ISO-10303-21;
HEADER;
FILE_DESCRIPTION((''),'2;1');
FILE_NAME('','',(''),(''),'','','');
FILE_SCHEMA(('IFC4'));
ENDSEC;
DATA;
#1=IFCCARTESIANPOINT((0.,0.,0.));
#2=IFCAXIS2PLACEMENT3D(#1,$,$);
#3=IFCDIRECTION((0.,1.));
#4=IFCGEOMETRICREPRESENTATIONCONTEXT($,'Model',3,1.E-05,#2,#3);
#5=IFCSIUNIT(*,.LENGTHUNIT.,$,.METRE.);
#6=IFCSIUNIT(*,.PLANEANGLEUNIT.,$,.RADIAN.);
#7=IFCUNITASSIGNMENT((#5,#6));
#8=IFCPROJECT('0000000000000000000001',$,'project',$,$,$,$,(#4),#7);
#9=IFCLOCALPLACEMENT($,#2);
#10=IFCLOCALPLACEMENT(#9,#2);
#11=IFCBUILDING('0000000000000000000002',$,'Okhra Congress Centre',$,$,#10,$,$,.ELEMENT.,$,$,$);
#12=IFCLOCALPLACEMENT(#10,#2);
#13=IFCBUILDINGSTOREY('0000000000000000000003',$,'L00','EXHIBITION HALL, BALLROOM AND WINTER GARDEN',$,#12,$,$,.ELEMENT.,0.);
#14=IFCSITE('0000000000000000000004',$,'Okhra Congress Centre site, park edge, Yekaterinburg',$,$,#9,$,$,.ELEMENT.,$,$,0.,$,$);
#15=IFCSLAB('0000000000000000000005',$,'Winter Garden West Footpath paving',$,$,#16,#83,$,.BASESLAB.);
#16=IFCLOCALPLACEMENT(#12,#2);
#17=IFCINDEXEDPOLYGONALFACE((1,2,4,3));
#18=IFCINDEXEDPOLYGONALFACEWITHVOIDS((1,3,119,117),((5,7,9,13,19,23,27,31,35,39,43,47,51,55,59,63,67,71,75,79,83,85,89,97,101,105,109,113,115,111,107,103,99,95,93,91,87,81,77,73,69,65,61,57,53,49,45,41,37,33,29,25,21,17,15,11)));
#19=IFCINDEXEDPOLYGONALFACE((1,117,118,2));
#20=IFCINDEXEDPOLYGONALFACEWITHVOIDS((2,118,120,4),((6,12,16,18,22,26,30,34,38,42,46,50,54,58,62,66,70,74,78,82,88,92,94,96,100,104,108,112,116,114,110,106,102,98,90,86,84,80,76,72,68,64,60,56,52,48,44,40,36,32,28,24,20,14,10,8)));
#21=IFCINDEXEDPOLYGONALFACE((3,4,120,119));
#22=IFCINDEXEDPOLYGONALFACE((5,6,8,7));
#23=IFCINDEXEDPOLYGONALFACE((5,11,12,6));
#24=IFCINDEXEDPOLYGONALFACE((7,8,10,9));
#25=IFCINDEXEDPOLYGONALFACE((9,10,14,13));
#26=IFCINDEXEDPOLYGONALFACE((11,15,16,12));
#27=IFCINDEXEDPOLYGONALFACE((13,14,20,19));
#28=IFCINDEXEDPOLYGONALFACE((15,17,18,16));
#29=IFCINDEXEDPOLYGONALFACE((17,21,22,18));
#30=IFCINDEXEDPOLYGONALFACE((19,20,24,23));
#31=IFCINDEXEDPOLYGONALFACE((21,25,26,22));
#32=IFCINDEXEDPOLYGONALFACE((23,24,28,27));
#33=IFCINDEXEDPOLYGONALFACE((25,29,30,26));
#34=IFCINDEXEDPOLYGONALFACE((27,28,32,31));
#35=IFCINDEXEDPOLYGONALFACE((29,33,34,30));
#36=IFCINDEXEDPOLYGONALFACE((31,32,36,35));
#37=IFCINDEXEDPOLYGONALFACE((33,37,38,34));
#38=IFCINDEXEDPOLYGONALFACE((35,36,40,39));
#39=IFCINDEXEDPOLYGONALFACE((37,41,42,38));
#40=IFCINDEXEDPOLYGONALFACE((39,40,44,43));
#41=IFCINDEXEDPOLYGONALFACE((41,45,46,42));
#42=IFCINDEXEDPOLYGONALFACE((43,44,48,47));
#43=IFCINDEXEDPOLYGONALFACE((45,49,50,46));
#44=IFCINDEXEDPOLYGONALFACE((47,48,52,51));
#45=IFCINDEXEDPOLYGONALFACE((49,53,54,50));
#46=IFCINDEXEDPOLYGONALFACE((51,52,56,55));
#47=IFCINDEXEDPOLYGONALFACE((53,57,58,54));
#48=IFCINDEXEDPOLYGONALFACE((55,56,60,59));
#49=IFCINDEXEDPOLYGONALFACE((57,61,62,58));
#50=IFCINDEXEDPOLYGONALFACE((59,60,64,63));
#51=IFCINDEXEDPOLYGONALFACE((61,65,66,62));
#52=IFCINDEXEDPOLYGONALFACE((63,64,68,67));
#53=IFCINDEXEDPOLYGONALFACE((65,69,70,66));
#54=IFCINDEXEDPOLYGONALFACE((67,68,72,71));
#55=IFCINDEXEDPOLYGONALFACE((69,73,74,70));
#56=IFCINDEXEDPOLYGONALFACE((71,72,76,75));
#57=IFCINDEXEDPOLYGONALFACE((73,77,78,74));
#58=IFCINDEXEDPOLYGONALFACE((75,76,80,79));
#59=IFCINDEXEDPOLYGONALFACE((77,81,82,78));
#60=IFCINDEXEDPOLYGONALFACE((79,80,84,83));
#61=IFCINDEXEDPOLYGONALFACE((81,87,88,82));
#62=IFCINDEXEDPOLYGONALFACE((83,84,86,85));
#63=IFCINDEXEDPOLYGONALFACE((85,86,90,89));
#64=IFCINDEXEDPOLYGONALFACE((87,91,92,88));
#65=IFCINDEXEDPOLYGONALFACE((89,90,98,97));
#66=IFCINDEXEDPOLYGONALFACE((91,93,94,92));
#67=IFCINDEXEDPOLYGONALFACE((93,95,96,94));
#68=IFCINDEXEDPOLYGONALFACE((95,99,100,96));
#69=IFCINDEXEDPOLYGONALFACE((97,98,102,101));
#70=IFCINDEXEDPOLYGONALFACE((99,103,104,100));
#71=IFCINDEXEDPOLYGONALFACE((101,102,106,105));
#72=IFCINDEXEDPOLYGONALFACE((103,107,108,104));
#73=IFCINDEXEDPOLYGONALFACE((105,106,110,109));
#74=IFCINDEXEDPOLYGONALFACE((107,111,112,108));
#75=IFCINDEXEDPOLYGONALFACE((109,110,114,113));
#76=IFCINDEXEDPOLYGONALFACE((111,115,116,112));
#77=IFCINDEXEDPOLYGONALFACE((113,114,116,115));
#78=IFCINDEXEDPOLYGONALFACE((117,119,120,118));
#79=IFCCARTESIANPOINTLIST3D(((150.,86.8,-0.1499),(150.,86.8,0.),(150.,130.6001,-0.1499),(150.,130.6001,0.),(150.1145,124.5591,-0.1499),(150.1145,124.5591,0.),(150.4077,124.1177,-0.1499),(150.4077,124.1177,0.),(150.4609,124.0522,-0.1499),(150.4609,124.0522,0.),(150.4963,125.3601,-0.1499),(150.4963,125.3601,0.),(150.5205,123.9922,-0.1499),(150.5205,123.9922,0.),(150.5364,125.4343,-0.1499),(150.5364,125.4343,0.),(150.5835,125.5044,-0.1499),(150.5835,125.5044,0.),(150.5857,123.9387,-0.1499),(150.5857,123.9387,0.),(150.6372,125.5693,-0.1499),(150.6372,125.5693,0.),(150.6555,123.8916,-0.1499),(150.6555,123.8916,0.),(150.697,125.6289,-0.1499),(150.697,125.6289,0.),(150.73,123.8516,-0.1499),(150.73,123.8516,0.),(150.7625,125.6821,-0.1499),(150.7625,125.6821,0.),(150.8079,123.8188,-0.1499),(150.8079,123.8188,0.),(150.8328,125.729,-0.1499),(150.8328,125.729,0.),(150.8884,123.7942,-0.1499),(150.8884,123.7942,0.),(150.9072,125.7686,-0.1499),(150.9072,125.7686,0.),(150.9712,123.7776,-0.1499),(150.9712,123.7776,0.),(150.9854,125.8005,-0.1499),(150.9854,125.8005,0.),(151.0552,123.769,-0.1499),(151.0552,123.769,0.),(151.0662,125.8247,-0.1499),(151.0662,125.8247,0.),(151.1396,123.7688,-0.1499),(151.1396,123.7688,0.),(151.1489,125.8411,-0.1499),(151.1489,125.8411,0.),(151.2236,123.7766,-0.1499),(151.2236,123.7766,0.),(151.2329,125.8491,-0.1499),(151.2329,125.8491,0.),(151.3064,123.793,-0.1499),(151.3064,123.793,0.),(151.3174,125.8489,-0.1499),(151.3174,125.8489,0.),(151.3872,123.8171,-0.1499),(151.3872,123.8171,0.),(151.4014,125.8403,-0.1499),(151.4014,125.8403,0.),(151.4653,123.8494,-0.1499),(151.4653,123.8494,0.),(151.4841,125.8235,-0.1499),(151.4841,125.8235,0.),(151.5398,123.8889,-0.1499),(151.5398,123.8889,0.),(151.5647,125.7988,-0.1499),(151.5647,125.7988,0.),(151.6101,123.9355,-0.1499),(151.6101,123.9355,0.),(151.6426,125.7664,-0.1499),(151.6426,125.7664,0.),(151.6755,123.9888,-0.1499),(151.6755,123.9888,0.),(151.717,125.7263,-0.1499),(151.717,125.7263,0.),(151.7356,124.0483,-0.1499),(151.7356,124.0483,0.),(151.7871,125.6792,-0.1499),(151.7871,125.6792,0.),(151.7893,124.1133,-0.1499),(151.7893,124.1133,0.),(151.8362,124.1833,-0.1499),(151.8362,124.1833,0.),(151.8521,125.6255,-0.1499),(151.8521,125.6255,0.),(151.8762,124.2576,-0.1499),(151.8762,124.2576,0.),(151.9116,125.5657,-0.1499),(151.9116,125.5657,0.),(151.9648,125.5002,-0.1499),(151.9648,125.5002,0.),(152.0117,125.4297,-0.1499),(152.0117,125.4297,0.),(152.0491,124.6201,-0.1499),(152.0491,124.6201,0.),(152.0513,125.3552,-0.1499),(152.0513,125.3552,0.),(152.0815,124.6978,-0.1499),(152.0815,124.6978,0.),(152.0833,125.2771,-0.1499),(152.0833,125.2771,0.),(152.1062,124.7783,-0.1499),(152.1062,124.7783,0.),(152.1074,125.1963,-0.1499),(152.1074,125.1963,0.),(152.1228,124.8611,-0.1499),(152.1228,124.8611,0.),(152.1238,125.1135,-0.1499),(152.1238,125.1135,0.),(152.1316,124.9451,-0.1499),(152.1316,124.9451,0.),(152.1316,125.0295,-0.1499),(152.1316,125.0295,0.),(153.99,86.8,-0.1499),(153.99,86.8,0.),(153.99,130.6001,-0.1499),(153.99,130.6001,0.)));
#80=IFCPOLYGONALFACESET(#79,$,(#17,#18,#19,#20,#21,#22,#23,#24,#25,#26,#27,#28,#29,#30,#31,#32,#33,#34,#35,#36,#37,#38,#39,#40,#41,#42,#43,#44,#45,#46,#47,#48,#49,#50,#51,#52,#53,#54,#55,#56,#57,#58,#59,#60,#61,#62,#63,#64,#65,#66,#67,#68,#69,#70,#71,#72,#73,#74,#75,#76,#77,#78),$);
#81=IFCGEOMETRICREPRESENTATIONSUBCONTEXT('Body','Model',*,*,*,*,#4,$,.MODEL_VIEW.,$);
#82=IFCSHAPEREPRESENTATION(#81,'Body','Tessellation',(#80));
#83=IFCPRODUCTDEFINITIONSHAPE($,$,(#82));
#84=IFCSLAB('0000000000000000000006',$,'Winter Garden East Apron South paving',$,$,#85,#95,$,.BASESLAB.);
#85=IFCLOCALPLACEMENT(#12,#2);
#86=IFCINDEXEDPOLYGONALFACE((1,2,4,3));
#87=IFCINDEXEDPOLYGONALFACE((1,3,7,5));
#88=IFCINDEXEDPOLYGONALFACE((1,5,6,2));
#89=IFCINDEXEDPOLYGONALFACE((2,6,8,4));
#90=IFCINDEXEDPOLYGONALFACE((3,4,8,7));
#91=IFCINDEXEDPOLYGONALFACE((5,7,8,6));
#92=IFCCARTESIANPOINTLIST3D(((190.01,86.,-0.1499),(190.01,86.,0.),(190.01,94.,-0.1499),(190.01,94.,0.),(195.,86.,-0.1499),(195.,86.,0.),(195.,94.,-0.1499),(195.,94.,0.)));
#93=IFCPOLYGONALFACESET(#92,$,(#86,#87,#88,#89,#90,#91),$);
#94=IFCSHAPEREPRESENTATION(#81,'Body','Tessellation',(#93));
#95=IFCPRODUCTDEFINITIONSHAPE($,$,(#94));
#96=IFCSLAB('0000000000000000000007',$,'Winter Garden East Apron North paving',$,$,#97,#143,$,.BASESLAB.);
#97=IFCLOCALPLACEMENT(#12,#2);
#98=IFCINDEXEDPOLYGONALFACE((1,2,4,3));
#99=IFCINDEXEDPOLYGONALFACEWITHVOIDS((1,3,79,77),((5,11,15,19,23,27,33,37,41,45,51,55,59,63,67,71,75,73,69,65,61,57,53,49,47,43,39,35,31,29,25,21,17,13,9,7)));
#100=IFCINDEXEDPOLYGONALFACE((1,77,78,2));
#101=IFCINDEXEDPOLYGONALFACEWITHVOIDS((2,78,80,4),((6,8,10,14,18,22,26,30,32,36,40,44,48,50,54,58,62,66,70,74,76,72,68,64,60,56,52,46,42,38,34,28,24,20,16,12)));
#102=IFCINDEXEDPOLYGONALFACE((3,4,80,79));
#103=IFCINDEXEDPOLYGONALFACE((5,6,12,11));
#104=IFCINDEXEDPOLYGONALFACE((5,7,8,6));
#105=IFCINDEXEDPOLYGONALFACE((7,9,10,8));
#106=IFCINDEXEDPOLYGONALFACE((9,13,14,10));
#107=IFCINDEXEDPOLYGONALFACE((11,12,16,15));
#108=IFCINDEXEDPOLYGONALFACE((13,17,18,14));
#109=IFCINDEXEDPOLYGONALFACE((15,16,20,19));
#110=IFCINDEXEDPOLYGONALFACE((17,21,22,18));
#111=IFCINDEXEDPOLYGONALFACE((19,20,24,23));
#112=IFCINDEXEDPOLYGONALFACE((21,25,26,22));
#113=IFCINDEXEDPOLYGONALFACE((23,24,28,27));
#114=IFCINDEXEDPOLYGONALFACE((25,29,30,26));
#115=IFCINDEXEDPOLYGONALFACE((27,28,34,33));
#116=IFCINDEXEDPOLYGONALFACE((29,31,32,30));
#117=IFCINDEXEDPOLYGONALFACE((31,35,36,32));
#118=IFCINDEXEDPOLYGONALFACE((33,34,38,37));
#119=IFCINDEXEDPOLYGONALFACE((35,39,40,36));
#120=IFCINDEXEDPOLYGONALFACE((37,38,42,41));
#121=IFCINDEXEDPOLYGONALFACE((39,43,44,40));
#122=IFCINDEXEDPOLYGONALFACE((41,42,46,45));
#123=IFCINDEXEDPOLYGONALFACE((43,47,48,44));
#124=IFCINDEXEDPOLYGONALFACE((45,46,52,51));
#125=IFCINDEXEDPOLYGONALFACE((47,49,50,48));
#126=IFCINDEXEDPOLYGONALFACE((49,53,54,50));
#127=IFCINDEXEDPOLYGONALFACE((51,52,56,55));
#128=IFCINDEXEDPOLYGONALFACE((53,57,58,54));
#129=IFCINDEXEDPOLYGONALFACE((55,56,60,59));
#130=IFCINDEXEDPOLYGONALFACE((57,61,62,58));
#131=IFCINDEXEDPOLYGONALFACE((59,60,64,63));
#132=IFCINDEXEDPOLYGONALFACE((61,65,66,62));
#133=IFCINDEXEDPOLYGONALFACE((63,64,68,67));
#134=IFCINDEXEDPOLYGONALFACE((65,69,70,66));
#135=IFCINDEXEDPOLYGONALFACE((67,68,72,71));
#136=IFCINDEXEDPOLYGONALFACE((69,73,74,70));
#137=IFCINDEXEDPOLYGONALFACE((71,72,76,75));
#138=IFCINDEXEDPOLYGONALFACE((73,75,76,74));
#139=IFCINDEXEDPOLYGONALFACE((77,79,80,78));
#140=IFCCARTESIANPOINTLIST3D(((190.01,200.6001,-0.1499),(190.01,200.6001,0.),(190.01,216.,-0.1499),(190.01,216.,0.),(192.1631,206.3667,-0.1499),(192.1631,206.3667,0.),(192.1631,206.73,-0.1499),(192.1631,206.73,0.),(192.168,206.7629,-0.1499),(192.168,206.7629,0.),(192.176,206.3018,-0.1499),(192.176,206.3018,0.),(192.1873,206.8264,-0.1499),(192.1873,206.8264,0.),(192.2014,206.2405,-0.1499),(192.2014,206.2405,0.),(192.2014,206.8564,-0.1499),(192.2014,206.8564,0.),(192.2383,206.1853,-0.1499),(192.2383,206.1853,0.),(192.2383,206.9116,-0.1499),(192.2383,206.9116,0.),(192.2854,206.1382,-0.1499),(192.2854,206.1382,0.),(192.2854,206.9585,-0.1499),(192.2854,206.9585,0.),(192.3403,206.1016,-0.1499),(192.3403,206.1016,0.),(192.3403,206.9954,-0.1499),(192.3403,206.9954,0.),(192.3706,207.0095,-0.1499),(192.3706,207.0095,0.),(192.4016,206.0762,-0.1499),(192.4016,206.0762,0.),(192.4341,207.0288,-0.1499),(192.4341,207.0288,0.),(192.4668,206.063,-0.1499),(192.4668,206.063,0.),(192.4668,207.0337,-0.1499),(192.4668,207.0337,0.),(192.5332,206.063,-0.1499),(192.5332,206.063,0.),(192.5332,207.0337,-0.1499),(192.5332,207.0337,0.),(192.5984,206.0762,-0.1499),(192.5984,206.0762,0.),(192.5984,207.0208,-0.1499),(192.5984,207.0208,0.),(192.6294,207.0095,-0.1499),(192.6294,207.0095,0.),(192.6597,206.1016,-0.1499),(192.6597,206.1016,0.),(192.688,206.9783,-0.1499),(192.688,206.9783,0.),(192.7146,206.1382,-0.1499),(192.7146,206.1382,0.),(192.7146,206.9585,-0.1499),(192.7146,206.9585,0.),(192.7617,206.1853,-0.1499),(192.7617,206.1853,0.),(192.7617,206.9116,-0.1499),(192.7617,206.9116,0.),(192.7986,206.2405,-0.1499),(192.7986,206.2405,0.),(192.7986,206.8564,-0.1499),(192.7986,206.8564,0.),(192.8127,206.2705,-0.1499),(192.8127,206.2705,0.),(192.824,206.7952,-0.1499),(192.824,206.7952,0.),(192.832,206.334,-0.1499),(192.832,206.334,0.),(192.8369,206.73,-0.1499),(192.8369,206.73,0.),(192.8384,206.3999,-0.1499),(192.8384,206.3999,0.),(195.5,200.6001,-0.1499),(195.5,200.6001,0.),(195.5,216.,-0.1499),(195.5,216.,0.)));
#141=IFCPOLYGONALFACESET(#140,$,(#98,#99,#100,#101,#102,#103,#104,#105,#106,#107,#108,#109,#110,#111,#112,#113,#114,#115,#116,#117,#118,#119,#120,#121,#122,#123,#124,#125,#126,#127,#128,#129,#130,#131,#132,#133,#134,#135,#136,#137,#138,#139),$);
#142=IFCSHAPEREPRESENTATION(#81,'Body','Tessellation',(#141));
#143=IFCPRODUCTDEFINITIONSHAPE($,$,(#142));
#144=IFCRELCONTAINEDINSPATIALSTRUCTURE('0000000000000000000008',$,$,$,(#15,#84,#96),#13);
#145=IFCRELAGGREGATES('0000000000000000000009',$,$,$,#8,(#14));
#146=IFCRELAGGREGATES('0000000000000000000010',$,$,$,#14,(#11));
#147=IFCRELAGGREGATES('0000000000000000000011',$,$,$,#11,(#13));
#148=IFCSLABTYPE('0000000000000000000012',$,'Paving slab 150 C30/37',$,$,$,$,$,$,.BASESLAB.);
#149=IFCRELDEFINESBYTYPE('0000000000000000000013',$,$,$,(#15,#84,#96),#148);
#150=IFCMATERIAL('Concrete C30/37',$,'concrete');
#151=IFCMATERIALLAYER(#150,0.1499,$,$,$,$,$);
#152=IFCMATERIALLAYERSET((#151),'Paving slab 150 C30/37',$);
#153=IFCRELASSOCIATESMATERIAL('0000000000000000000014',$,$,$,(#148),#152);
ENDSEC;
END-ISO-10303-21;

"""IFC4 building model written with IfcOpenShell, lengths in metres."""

from ifc_helpers import new_model, si_unit, direction, frame, origin, place, context, subcontext, project, spatial, polyline, outline, extrude, material, layer, layer_set, type_object, element, save


model = new_model("IFC4")

# Units and contexts
model_context = context("Model", 3, precision=1e-05, world=origin(), true_north=direction((0.0, 1.0)))
body_context = subcontext(model_context, "Body", "Model", "MODEL_VIEW")
ifc_project = project(units=[si_unit("LENGTHUNIT", "METRE"), si_unit("PLANEANGLEUNIT", "RADIAN")], contexts=[model_context])

# Site, building, storey
site_placement = place(None, origin())
site = spatial("IfcSite", under=ifc_project, at=site_placement, Name="Okhra Congress Centre site, park edge, Yekaterinburg", CompositionType="ELEMENT", RefElevation=0.0)
building_placement = place(site_placement, origin())
building = spatial("IfcBuilding", under=site, at=building_placement, Name="Okhra Congress Centre", CompositionType="ELEMENT")
storey_placement = place(building_placement, origin())
storey = spatial("IfcBuildingStorey", under=building, at=storey_placement, Name="L00", Description="EXHIBITION HALL, BALLROOM AND WINTER GARDEN", CompositionType="ELEMENT", Elevation=0.0)

# Slabs
ifc_material = material(Name="Concrete C30/37", Category="concrete")
ifc_layer_1 = layer(ifc_material, 0.1499)
ifc_layer_set_1 = layer_set([ifc_layer_1], Name="Paving slab 150 C30/37")
slab_type_1 = type_object("IfcSlabType", Name="Paving slab 150 C30/37", PredefinedType="BASESLAB", material=ifc_layer_set_1)
slab_1_placement = place(storey_placement, frame((0.0, 0.0, -0.1499)))
element("IfcSlab", 1, at=slab_1_placement, inside=storey, type_object=slab_type_1, Name="Winter Garden West Footpath paving", PredefinedType="BASESLAB", context=body_context, shape_type="SweptSolid", body=[
    extrude(outline(polyline([(153.99, 86.8), (153.99, 130.6001), (150.0, 130.6001), (150.0, 86.8), (153.99, 86.8)]), holes=[polyline([(150.1145, 124.5591), (150.4077, 124.1177), (150.4609, 124.0522), (150.5205, 123.9922), (150.5857, 123.9387), (150.6555, 123.8916), (150.73, 123.8516), (150.8079, 123.8188), (150.8884, 123.7942), (150.9712, 123.7776), (151.0552, 123.769), (151.1396, 123.7688), (151.2236, 123.7766), (151.3064, 123.793), (151.3872, 123.8171), (151.4653, 123.8494), (151.5398, 123.8889), (151.6101, 123.9355), (151.6755, 123.9888), (151.7356, 124.0483), (151.7893, 124.1133), (151.8362, 124.1833), (151.8762, 124.2576), (152.0491, 124.6201), (152.0815, 124.6978), (152.1062, 124.7783), (152.1228, 124.8611), (152.1316, 124.9451), (152.1316, 125.0295), (152.1238, 125.1135), (152.1074, 125.1963), (152.0833, 125.2771), (152.0513, 125.3552), (152.0117, 125.4297), (151.9648, 125.5002), (151.9116, 125.5657), (151.8521, 125.6255), (151.7871, 125.6792), (151.717, 125.7263), (151.6426, 125.7664), (151.5647, 125.7988), (151.4841, 125.8235), (151.4014, 125.8403), (151.3174, 125.8489), (151.2329, 125.8491), (151.1489, 125.8411), (151.0662, 125.8247), (150.9854, 125.8005), (150.9072, 125.7686), (150.8328, 125.729), (150.7625, 125.6821), (150.697, 125.6289), (150.6372, 125.5693), (150.5835, 125.5044), (150.5364, 125.4343), (150.4963, 125.3601), (150.1145, 124.5591)])]), origin(), (0.0, 0.0, 1.0), 0.1499),
])
slab_2_placement = place(storey_placement, frame((0.0, 0.0, -0.1499)))
element("IfcSlab", 2, at=slab_2_placement, inside=storey, type_object=slab_type_1, Name="Winter Garden East Apron South paving", PredefinedType="BASESLAB", context=body_context, shape_type="SweptSolid", body=[
    extrude(outline(polyline([(190.01, 86.0), (195.0, 86.0), (195.0, 94.0), (190.01, 94.0), (190.01, 86.0)])), origin(), (0.0, 0.0, 1.0), 0.1499),
])
slab_3_placement = place(storey_placement, frame((0.0, 0.0, -0.1499)))
element("IfcSlab", 3, at=slab_3_placement, inside=storey, type_object=slab_type_1, Name="Winter Garden East Apron North paving", PredefinedType="BASESLAB", context=body_context, shape_type="SweptSolid", body=[
    extrude(outline(polyline([(195.5, 200.6001), (195.5, 216.0), (190.01, 216.0), (190.01, 200.6001), (195.5, 200.6001)]), holes=[polyline([(192.2383, 206.9116), (192.2014, 206.8564), (192.1873, 206.8264), (192.168, 206.7629), (192.1631, 206.73), (192.1631, 206.3667), (192.176, 206.3018), (192.2014, 206.2405), (192.2383, 206.1853), (192.2854, 206.1382), (192.3403, 206.1016), (192.4016, 206.0762), (192.4668, 206.063), (192.5332, 206.063), (192.5984, 206.0762), (192.6597, 206.1016), (192.7146, 206.1382), (192.7617, 206.1853), (192.7986, 206.2405), (192.8127, 206.2705), (192.832, 206.334), (192.8384, 206.3999), (192.8369, 206.73), (192.824, 206.7952), (192.7986, 206.8564), (192.7617, 206.9116), (192.7146, 206.9585), (192.688, 206.9783), (192.6294, 207.0095), (192.5984, 207.0208), (192.5332, 207.0337), (192.4668, 207.0337), (192.4341, 207.0288), (192.3706, 207.0095), (192.3403, 206.9954), (192.2854, 206.9585), (192.2383, 206.9116)])]), origin(), (0.0, 0.0, 1.0), 0.1499),
])

save(model, "model.ifc")
